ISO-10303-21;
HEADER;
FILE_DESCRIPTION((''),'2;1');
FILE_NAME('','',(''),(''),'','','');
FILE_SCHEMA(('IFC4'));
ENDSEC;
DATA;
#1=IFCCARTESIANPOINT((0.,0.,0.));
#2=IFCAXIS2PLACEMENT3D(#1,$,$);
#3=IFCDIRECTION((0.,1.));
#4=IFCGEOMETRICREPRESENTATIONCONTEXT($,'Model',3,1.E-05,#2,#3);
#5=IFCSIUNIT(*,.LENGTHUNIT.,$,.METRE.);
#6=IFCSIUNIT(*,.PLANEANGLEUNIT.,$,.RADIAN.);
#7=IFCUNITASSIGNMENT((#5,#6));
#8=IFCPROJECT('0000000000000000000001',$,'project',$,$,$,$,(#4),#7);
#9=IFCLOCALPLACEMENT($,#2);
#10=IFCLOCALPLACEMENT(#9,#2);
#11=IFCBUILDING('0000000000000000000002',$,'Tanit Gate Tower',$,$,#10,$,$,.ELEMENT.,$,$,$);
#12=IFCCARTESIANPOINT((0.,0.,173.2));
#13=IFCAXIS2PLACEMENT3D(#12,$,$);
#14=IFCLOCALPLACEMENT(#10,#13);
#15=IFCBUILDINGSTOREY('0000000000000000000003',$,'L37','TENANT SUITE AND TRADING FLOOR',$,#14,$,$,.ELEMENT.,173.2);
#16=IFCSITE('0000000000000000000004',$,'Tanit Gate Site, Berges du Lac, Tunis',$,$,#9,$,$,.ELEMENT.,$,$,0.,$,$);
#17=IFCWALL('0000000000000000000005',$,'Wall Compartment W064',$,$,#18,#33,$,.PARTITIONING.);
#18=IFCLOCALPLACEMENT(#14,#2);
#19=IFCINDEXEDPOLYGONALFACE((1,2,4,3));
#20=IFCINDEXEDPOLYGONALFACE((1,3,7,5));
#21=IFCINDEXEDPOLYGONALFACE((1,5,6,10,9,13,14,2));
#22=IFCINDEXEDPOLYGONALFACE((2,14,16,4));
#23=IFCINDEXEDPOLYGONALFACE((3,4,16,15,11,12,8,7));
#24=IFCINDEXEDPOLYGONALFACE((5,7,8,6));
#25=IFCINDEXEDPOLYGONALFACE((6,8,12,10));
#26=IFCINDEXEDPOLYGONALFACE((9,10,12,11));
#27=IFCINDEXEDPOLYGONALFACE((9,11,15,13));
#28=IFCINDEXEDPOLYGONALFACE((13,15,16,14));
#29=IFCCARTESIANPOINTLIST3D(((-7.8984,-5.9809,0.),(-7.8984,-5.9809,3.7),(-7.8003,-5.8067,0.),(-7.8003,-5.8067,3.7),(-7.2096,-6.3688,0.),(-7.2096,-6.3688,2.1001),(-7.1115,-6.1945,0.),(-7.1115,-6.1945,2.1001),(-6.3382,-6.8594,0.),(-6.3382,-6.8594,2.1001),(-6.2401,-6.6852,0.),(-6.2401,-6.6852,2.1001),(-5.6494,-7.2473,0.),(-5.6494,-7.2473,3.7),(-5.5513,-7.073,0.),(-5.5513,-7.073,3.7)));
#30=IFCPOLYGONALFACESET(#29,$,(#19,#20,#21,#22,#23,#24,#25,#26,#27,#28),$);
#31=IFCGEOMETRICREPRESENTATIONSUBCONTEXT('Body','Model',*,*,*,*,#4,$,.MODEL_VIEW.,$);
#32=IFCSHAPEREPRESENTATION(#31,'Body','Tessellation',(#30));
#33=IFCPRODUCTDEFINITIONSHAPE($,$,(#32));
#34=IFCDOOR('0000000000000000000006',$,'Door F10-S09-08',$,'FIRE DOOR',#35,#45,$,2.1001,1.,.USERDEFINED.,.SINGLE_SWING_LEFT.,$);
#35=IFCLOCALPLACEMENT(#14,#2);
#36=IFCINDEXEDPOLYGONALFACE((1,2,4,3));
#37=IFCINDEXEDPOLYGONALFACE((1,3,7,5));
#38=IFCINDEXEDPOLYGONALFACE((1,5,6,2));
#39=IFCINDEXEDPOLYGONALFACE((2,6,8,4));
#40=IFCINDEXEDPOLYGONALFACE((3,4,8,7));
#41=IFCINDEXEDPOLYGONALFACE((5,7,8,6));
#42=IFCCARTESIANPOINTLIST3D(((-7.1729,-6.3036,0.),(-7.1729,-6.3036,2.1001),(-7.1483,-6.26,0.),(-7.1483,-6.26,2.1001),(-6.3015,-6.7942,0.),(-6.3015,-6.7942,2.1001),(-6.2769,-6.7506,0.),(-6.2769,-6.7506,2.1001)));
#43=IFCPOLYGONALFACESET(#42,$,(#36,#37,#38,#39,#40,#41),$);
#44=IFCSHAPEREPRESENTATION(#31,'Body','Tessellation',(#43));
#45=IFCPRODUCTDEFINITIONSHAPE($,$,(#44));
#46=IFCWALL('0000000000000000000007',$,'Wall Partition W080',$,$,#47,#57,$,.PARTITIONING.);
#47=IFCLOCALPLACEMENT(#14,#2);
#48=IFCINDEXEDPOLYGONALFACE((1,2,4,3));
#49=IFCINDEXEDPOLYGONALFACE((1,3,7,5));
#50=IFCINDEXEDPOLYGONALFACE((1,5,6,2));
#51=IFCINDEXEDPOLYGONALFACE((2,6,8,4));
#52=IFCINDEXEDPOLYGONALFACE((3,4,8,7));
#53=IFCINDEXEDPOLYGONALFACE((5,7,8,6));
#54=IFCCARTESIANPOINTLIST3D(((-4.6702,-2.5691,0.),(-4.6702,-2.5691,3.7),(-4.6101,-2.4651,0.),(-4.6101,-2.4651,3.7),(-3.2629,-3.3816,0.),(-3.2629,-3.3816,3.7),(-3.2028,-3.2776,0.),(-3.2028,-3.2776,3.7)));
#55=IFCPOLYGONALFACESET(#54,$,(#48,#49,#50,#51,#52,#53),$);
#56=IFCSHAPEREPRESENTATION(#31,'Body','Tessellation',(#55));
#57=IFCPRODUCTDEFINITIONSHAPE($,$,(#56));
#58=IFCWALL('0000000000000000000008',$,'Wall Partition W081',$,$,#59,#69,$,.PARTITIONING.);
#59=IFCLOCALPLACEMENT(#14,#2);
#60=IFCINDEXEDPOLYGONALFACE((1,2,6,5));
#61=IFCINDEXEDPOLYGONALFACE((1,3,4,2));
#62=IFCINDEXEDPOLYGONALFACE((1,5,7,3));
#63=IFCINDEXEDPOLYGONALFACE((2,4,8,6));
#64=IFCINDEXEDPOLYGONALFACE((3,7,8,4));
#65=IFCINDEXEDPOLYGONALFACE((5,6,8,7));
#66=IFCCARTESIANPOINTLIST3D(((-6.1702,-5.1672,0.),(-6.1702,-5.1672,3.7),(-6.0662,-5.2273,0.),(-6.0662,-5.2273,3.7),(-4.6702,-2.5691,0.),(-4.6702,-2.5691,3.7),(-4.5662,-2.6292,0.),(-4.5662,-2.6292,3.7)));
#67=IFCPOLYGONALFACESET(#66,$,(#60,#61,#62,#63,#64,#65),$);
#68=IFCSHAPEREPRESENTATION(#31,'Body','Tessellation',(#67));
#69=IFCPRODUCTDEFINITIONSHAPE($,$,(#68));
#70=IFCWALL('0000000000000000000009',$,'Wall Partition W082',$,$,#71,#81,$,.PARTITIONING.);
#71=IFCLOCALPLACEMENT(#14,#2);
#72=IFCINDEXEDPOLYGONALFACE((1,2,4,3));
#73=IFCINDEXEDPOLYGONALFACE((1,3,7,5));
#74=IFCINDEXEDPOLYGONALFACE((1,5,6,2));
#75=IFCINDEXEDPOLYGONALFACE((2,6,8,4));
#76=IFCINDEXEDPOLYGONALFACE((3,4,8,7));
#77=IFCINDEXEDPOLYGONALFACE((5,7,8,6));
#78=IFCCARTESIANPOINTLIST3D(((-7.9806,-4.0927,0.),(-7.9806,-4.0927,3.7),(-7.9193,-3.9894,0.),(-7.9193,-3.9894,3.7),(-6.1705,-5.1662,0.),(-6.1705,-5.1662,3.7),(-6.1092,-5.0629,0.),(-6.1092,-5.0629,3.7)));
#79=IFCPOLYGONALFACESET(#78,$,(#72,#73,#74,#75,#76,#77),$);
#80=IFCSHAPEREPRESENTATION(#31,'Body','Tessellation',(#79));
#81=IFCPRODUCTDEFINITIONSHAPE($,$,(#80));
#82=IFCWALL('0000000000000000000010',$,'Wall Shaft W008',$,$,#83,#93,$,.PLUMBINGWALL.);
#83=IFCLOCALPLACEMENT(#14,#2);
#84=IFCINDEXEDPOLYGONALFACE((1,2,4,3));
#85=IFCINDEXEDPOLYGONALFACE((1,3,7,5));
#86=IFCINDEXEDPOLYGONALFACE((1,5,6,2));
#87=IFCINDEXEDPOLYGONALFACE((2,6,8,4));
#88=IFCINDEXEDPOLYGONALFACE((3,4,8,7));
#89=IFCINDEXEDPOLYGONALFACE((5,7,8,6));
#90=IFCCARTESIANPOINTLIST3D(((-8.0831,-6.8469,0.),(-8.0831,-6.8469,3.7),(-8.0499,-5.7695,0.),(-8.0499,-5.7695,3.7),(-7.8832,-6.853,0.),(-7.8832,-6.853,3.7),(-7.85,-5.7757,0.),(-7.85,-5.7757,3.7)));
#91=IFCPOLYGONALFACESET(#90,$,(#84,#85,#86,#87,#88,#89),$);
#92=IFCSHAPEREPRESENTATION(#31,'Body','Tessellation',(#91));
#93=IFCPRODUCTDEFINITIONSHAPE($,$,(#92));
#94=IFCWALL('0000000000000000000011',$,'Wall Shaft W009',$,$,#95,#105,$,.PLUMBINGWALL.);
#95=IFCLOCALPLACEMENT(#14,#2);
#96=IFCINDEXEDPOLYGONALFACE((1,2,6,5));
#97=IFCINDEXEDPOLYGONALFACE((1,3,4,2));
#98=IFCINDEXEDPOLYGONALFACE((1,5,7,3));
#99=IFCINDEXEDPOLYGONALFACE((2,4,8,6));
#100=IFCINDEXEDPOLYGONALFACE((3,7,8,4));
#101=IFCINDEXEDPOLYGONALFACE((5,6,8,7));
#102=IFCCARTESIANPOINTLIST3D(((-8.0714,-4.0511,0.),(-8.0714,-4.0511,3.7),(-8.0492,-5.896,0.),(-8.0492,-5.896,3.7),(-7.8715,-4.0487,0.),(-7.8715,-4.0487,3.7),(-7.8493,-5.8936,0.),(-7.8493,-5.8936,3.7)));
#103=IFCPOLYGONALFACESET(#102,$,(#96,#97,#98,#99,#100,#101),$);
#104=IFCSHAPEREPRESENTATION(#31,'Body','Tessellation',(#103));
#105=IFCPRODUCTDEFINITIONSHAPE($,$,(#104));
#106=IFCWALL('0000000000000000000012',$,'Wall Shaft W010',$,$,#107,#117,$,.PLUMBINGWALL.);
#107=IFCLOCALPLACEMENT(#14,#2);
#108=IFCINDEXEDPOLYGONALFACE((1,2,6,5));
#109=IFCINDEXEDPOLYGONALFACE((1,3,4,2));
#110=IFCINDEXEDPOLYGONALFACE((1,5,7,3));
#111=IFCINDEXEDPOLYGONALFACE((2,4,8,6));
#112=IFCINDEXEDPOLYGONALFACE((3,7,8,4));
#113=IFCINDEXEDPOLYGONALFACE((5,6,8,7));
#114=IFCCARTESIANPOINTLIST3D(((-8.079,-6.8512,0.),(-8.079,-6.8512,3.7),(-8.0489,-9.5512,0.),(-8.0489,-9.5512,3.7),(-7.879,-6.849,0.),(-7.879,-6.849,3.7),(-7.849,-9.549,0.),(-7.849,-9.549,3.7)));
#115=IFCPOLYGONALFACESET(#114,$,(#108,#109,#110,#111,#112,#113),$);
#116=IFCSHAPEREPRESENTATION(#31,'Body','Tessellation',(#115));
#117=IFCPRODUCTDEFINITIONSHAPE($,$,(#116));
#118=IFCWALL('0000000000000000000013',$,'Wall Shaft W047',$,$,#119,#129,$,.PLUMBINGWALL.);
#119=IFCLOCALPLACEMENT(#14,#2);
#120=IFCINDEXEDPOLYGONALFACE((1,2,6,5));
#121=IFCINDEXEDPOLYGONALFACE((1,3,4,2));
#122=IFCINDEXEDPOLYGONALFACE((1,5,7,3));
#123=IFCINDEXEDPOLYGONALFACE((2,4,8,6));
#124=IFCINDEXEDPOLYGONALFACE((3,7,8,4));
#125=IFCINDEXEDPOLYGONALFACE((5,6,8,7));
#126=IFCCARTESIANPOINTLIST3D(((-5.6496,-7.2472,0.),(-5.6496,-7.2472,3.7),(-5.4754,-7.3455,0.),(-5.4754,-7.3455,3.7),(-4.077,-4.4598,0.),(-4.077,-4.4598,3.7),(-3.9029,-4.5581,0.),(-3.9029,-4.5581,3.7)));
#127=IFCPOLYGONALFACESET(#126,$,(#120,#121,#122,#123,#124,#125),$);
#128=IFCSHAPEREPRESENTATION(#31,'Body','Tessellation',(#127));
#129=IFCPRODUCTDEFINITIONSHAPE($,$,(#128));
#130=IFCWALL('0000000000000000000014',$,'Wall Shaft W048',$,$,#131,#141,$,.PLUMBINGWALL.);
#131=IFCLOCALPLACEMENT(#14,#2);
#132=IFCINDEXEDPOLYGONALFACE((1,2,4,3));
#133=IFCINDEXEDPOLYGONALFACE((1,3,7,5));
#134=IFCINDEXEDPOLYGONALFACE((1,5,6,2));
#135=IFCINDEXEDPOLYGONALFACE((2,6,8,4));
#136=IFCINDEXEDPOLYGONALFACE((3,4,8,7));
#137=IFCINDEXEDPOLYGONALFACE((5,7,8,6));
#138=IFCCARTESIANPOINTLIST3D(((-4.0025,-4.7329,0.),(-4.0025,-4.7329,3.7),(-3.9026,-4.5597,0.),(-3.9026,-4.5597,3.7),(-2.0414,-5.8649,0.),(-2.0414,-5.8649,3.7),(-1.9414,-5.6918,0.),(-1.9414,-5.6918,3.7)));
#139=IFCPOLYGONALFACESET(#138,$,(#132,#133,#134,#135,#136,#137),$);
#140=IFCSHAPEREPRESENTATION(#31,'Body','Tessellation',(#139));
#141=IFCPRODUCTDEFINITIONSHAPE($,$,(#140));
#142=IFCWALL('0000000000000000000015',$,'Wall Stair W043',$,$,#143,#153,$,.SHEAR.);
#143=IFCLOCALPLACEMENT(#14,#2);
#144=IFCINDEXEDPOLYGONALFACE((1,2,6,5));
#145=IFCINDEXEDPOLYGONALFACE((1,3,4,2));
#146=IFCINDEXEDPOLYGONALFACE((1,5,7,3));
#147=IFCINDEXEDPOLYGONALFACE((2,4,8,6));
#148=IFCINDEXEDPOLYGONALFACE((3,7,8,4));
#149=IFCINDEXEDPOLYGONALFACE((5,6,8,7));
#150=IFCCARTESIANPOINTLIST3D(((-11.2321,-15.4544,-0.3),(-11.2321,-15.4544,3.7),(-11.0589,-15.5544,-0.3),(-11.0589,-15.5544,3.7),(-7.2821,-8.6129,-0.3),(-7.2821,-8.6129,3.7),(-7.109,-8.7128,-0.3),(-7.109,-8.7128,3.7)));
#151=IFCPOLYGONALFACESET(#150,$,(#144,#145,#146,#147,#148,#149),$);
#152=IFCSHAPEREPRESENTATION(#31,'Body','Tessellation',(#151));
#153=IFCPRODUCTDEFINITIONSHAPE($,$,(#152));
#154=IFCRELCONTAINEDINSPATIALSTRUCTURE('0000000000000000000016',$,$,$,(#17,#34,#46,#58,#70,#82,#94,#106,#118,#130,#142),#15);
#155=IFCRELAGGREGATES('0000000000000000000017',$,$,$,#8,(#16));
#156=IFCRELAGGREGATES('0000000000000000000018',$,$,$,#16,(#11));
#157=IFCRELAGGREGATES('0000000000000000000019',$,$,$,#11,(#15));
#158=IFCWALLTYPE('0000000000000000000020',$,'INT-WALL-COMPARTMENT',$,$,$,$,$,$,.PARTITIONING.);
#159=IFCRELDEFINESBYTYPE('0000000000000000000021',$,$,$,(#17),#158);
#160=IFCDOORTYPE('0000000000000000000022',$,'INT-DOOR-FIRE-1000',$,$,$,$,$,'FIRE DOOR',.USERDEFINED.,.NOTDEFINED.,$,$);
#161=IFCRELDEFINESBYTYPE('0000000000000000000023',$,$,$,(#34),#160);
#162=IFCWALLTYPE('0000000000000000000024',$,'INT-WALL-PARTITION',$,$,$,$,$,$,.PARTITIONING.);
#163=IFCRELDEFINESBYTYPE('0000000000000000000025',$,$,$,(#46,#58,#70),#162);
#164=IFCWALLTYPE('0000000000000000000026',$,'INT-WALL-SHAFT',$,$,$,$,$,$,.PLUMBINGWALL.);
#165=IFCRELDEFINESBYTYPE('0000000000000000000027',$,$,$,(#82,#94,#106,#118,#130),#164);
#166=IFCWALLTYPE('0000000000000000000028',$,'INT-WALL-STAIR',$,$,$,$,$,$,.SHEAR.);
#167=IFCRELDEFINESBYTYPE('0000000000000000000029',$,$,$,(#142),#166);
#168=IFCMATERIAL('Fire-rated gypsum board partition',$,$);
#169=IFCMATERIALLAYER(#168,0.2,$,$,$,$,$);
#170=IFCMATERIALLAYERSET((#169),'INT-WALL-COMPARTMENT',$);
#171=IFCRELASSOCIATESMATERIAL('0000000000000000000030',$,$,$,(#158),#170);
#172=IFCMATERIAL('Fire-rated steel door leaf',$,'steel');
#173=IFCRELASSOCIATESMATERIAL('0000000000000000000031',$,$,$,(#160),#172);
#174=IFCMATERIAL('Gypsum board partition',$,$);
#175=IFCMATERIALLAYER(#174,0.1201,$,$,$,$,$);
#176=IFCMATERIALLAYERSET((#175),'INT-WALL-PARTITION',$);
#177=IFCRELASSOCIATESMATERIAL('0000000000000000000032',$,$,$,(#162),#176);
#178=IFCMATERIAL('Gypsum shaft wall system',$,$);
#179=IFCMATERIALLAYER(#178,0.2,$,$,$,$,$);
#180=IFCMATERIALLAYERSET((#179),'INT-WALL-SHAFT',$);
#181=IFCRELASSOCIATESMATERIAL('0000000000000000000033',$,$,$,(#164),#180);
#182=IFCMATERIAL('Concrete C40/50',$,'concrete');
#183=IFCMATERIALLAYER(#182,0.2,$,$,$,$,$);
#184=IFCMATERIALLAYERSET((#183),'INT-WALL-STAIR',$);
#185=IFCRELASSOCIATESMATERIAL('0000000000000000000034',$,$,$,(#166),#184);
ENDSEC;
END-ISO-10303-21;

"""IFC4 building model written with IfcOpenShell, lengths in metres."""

from ifc_helpers import new_model, si_unit, direction, frame, frame_2d, origin, place, context, subcontext, project, spatial, rectangle, extrude, material, layer, layer_set, type_object, element, fill, save


model = new_model("IFC4")

# Units and contexts
model_context = context("Model", 3, precision=1e-05, world=origin(), true_north=direction((0.0, 1.0)))
body_context = subcontext(model_context, "Body", "Model", "MODEL_VIEW")
ifc_project = project(units=[si_unit("LENGTHUNIT", "METRE"), si_unit("PLANEANGLEUNIT", "RADIAN")], contexts=[model_context])

# Site, building, storey
site_placement = place(None, origin())
site = spatial("IfcSite", under=ifc_project, at=site_placement, Name="Tanit Gate Site, Berges du Lac, Tunis", CompositionType="ELEMENT", RefElevation=0.0)
building_placement = place(site_placement, origin())
building = spatial("IfcBuilding", under=site, at=building_placement, Name="Tanit Gate Tower", CompositionType="ELEMENT")
storey_placement = place(building_placement, frame((0.0, 0.0, 173.2)))
storey = spatial("IfcBuildingStorey", under=building, at=storey_placement, Name="L37", Description="TENANT SUITE AND TRADING FLOOR", CompositionType="ELEMENT", Elevation=173.2)

# Wall, opening, door
ifc_material_1 = material(Name="Fire-rated gypsum board partition")
ifc_layer_1 = layer(ifc_material_1, 0.2)
ifc_layer_set_1 = layer_set([ifc_layer_1], Name="INT-WALL-COMPARTMENT")
wall_type_1 = type_object("IfcWallType", Name="INT-WALL-COMPARTMENT", PredefinedType="PARTITIONING", material=ifc_layer_set_1)
wall_1_placement = place(storey_placement, frame((-7.8494, -5.8938, 0.0), z_axis=(0.0, 0.0, 1.0), x_axis=(0.871363, -0.490638, 0.0)))
wall_1 = element("IfcWall", 1, at=wall_1_placement, inside=storey, type_object=wall_type_1, Name="Wall Compartment W064", PredefinedType="PARTITIONING", context=body_context, shape_type="SweptSolid", body=[
    extrude(rectangle(XDim=2.5811, YDim=0.2, at=frame_2d((1.2905, 0.0))), origin(), (0.0, 0.0, 1.0), 3.7),
])
opening_placement = place(wall_1_placement, frame((0.7905, 0.0, 0.0)))
opening = element("IfcOpeningElement", 2, at=opening_placement, cuts=wall_1, PredefinedType="OPENING", context=body_context, shape_type="SweptSolid", body=[
    extrude(rectangle(XDim=1.0, YDim=2.1001, at=frame_2d((0.5, 1.05))), frame((0.0, 0.1099, 0.0), z_axis=(0.0, -1.0, 0.0), x_axis=(1.0, 0.0, 0.0)), (0.0, 0.0, 1.0), 0.22),
])
ifc_material_2 = material(Name="Fire-rated steel door leaf", Category="steel")
door_type = type_object("IfcDoorType", Name="INT-DOOR-FIRE-1000", ElementType="FIRE DOOR", OperationType="NOTDEFINED", PredefinedType="USERDEFINED", material=ifc_material_2)
door_placement = place(opening_placement, origin())
door = element("IfcDoor", 3, at=door_placement, inside=storey, type_object=door_type, Name="Door F10-S09-08", ObjectType="FIRE DOOR", OperationType="SINGLE_SWING_LEFT", OverallHeight=2.1001, OverallWidth=1.0, PredefinedType="USERDEFINED", context=body_context, shape_type="SweptSolid", body=[
    extrude(rectangle(XDim=1.0, YDim=2.1001, at=frame_2d((0.5, 1.05))), frame((0.0, 0.0249, 0.0), z_axis=(0.0, -1.0, 0.0), x_axis=(1.0, 0.0, 0.0)), (0.0, 0.0, 1.0), 0.05),
])
fill(opening, door)

# Walls
ifc_material_3 = material(Name="Gypsum board partition")
ifc_layer_2 = layer(ifc_material_3, 0.1201)
ifc_layer_set_2 = layer_set([ifc_layer_2], Name="INT-WALL-PARTITION")
wall_type_2 = type_object("IfcWallType", Name="INT-WALL-PARTITION", PredefinedType="PARTITIONING", material=ifc_layer_set_2)
wall_2_placement = place(storey_placement, frame((-4.6401, -2.5171, 0.0), z_axis=(0.0, 0.0, 1.0), x_axis=(0.866015, -0.500017, 0.0)))
element("IfcWall", 4, at=wall_2_placement, inside=storey, type_object=wall_type_2, Name="Wall Partition W080", PredefinedType="PARTITIONING", context=body_context, shape_type="SweptSolid", body=[
    extrude(rectangle(XDim=1.625, YDim=0.1201, at=frame_2d((0.8125, 0.0))), origin(), (0.0, 0.0, 1.0), 3.7),
])
wall_3_placement = place(storey_placement, frame((-6.1182, -5.1973, 0.0), z_axis=(0.0, 0.0, 1.0), x_axis=(0.49999, 0.866031, 0.0)))
element("IfcWall", 5, at=wall_3_placement, inside=storey, type_object=wall_type_2, Name="Wall Partition W081", PredefinedType="PARTITIONING", context=body_context, shape_type="SweptSolid", body=[
    extrude(rectangle(XDim=3.0, YDim=0.1201, at=frame_2d((1.5, 0.0))), origin(), (0.0, 0.0, 1.0), 3.7),
])
wall_4_placement = place(storey_placement, frame((-7.95, -4.041, 0.0), z_axis=(0.0, 0.0, 1.0), x_axis=(0.860112, -0.510104, 0.0)))
element("IfcWall", 6, at=wall_4_placement, inside=storey, type_object=wall_type_2, Name="Wall Partition W082", PredefinedType="PARTITIONING", context=body_context, shape_type="SweptSolid", body=[
    extrude(rectangle(XDim=2.1045, YDim=0.1201, at=frame_2d((1.0522, 0.0))), origin(), (0.0, 0.0, 1.0), 3.7),
])
ifc_material_4 = material(Name="Gypsum shaft wall system")
ifc_layer_3 = layer(ifc_material_4, 0.2)
ifc_layer_set_3 = layer_set([ifc_layer_3], Name="INT-WALL-SHAFT")
wall_type_3 = type_object("IfcWallType", Name="INT-WALL-SHAFT", PredefinedType="PLUMBINGWALL", material=ifc_layer_set_3)
wall_5_placement = place(storey_placement, frame((-7.95, -5.7725, 0.0), z_axis=(0.0, 0.0, 1.0), x_axis=(-0.030803, -0.999525, 0.0)))
element("IfcWall", 7, at=wall_5_placement, inside=storey, type_object=wall_type_3, Name="Wall Shaft W008", PredefinedType="PLUMBINGWALL", context=body_context, shape_type="SweptSolid", body=[
    extrude(rectangle(XDim=1.0779, YDim=0.2, at=frame_2d((0.5391, 0.0))), origin(), (0.0, 0.0, 1.0), 3.7),
])
wall_6_placement = place(storey_placement, frame((-7.9714, -4.05, 0.0), z_axis=(0.0, 0.0, 1.0), x_axis=(0.012043, -0.999927, 0.0)))
element("IfcWall", 8, at=wall_6_placement, inside=storey, type_object=wall_type_3, Name="Wall Shaft W009", PredefinedType="PLUMBINGWALL", context=body_context, shape_type="SweptSolid", body=[
    extrude(rectangle(XDim=1.845, YDim=0.2, at=frame_2d((0.9224, 0.0))), origin(), (0.0, 0.0, 1.0), 3.7),
])
wall_7_placement = place(storey_placement, frame((-7.979, -6.8501, 0.0), z_axis=(0.0, 0.0, 1.0), x_axis=(0.011121, -0.999938, 0.0)))
element("IfcWall", 9, at=wall_7_placement, inside=storey, type_object=wall_type_3, Name="Wall Shaft W010", PredefinedType="PLUMBINGWALL", context=body_context, shape_type="SweptSolid", body=[
    extrude(rectangle(XDim=2.7002, YDim=0.2, at=frame_2d((1.3501, 0.0))), origin(), (0.0, 0.0, 1.0), 3.7),
])
wall_8_placement = place(storey_placement, frame((-3.99, -4.509, 0.0), z_axis=(0.0, 0.0, 1.0), x_axis=(-0.491358, -0.870958, 0.0)))
element("IfcWall", 10, at=wall_8_placement, inside=storey, type_object=wall_type_3, Name="Wall Shaft W047", PredefinedType="PLUMBINGWALL", context=body_context, shape_type="SweptSolid", body=[
    extrude(rectangle(XDim=3.2004, YDim=0.2, at=frame_2d((1.6001, 0.0))), origin(), (0.0, 0.0, 1.0), 3.7),
])
wall_9_placement = place(storey_placement, frame((-3.9526, -4.6462, 0.0), z_axis=(0.0, 0.0, 1.0), x_axis=(0.866065, -0.499931, 0.0)))
element("IfcWall", 11, at=wall_9_placement, inside=storey, type_object=wall_type_3, Name="Wall Shaft W048", PredefinedType="PLUMBINGWALL", context=body_context, shape_type="SweptSolid", body=[
    extrude(rectangle(XDim=2.2644, YDim=0.2, at=frame_2d((1.1323, 0.0))), origin(), (0.0, 0.0, 1.0), 3.7),
])
ifc_material_5 = material(Name="Concrete C40/50", Category="concrete")
ifc_layer_4 = layer(ifc_material_5, 0.2)
ifc_layer_set_4 = layer_set([ifc_layer_4], Name="INT-WALL-STAIR")
wall_type_4 = type_object("IfcWallType", Name="INT-WALL-STAIR", PredefinedType="SHEAR", material=ifc_layer_set_4)
wall_10_placement = place(storey_placement, frame((-7.1956, -8.6628, -0.3), z_axis=(0.0, 0.0, 1.0), x_axis=(-0.499998, -0.866027, 0.0)))
element("IfcWall", 12, at=wall_10_placement, inside=storey, type_object=wall_type_4, Name="Wall Stair W043", PredefinedType="SHEAR", context=body_context, shape_type="SweptSolid", body=[
    extrude(rectangle(XDim=7.8999, YDim=0.2, at=frame_2d((3.95, 0.0))), origin(), (0.0, 0.0, 1.0), 4.0),
])

save(model, "model.ifc")
